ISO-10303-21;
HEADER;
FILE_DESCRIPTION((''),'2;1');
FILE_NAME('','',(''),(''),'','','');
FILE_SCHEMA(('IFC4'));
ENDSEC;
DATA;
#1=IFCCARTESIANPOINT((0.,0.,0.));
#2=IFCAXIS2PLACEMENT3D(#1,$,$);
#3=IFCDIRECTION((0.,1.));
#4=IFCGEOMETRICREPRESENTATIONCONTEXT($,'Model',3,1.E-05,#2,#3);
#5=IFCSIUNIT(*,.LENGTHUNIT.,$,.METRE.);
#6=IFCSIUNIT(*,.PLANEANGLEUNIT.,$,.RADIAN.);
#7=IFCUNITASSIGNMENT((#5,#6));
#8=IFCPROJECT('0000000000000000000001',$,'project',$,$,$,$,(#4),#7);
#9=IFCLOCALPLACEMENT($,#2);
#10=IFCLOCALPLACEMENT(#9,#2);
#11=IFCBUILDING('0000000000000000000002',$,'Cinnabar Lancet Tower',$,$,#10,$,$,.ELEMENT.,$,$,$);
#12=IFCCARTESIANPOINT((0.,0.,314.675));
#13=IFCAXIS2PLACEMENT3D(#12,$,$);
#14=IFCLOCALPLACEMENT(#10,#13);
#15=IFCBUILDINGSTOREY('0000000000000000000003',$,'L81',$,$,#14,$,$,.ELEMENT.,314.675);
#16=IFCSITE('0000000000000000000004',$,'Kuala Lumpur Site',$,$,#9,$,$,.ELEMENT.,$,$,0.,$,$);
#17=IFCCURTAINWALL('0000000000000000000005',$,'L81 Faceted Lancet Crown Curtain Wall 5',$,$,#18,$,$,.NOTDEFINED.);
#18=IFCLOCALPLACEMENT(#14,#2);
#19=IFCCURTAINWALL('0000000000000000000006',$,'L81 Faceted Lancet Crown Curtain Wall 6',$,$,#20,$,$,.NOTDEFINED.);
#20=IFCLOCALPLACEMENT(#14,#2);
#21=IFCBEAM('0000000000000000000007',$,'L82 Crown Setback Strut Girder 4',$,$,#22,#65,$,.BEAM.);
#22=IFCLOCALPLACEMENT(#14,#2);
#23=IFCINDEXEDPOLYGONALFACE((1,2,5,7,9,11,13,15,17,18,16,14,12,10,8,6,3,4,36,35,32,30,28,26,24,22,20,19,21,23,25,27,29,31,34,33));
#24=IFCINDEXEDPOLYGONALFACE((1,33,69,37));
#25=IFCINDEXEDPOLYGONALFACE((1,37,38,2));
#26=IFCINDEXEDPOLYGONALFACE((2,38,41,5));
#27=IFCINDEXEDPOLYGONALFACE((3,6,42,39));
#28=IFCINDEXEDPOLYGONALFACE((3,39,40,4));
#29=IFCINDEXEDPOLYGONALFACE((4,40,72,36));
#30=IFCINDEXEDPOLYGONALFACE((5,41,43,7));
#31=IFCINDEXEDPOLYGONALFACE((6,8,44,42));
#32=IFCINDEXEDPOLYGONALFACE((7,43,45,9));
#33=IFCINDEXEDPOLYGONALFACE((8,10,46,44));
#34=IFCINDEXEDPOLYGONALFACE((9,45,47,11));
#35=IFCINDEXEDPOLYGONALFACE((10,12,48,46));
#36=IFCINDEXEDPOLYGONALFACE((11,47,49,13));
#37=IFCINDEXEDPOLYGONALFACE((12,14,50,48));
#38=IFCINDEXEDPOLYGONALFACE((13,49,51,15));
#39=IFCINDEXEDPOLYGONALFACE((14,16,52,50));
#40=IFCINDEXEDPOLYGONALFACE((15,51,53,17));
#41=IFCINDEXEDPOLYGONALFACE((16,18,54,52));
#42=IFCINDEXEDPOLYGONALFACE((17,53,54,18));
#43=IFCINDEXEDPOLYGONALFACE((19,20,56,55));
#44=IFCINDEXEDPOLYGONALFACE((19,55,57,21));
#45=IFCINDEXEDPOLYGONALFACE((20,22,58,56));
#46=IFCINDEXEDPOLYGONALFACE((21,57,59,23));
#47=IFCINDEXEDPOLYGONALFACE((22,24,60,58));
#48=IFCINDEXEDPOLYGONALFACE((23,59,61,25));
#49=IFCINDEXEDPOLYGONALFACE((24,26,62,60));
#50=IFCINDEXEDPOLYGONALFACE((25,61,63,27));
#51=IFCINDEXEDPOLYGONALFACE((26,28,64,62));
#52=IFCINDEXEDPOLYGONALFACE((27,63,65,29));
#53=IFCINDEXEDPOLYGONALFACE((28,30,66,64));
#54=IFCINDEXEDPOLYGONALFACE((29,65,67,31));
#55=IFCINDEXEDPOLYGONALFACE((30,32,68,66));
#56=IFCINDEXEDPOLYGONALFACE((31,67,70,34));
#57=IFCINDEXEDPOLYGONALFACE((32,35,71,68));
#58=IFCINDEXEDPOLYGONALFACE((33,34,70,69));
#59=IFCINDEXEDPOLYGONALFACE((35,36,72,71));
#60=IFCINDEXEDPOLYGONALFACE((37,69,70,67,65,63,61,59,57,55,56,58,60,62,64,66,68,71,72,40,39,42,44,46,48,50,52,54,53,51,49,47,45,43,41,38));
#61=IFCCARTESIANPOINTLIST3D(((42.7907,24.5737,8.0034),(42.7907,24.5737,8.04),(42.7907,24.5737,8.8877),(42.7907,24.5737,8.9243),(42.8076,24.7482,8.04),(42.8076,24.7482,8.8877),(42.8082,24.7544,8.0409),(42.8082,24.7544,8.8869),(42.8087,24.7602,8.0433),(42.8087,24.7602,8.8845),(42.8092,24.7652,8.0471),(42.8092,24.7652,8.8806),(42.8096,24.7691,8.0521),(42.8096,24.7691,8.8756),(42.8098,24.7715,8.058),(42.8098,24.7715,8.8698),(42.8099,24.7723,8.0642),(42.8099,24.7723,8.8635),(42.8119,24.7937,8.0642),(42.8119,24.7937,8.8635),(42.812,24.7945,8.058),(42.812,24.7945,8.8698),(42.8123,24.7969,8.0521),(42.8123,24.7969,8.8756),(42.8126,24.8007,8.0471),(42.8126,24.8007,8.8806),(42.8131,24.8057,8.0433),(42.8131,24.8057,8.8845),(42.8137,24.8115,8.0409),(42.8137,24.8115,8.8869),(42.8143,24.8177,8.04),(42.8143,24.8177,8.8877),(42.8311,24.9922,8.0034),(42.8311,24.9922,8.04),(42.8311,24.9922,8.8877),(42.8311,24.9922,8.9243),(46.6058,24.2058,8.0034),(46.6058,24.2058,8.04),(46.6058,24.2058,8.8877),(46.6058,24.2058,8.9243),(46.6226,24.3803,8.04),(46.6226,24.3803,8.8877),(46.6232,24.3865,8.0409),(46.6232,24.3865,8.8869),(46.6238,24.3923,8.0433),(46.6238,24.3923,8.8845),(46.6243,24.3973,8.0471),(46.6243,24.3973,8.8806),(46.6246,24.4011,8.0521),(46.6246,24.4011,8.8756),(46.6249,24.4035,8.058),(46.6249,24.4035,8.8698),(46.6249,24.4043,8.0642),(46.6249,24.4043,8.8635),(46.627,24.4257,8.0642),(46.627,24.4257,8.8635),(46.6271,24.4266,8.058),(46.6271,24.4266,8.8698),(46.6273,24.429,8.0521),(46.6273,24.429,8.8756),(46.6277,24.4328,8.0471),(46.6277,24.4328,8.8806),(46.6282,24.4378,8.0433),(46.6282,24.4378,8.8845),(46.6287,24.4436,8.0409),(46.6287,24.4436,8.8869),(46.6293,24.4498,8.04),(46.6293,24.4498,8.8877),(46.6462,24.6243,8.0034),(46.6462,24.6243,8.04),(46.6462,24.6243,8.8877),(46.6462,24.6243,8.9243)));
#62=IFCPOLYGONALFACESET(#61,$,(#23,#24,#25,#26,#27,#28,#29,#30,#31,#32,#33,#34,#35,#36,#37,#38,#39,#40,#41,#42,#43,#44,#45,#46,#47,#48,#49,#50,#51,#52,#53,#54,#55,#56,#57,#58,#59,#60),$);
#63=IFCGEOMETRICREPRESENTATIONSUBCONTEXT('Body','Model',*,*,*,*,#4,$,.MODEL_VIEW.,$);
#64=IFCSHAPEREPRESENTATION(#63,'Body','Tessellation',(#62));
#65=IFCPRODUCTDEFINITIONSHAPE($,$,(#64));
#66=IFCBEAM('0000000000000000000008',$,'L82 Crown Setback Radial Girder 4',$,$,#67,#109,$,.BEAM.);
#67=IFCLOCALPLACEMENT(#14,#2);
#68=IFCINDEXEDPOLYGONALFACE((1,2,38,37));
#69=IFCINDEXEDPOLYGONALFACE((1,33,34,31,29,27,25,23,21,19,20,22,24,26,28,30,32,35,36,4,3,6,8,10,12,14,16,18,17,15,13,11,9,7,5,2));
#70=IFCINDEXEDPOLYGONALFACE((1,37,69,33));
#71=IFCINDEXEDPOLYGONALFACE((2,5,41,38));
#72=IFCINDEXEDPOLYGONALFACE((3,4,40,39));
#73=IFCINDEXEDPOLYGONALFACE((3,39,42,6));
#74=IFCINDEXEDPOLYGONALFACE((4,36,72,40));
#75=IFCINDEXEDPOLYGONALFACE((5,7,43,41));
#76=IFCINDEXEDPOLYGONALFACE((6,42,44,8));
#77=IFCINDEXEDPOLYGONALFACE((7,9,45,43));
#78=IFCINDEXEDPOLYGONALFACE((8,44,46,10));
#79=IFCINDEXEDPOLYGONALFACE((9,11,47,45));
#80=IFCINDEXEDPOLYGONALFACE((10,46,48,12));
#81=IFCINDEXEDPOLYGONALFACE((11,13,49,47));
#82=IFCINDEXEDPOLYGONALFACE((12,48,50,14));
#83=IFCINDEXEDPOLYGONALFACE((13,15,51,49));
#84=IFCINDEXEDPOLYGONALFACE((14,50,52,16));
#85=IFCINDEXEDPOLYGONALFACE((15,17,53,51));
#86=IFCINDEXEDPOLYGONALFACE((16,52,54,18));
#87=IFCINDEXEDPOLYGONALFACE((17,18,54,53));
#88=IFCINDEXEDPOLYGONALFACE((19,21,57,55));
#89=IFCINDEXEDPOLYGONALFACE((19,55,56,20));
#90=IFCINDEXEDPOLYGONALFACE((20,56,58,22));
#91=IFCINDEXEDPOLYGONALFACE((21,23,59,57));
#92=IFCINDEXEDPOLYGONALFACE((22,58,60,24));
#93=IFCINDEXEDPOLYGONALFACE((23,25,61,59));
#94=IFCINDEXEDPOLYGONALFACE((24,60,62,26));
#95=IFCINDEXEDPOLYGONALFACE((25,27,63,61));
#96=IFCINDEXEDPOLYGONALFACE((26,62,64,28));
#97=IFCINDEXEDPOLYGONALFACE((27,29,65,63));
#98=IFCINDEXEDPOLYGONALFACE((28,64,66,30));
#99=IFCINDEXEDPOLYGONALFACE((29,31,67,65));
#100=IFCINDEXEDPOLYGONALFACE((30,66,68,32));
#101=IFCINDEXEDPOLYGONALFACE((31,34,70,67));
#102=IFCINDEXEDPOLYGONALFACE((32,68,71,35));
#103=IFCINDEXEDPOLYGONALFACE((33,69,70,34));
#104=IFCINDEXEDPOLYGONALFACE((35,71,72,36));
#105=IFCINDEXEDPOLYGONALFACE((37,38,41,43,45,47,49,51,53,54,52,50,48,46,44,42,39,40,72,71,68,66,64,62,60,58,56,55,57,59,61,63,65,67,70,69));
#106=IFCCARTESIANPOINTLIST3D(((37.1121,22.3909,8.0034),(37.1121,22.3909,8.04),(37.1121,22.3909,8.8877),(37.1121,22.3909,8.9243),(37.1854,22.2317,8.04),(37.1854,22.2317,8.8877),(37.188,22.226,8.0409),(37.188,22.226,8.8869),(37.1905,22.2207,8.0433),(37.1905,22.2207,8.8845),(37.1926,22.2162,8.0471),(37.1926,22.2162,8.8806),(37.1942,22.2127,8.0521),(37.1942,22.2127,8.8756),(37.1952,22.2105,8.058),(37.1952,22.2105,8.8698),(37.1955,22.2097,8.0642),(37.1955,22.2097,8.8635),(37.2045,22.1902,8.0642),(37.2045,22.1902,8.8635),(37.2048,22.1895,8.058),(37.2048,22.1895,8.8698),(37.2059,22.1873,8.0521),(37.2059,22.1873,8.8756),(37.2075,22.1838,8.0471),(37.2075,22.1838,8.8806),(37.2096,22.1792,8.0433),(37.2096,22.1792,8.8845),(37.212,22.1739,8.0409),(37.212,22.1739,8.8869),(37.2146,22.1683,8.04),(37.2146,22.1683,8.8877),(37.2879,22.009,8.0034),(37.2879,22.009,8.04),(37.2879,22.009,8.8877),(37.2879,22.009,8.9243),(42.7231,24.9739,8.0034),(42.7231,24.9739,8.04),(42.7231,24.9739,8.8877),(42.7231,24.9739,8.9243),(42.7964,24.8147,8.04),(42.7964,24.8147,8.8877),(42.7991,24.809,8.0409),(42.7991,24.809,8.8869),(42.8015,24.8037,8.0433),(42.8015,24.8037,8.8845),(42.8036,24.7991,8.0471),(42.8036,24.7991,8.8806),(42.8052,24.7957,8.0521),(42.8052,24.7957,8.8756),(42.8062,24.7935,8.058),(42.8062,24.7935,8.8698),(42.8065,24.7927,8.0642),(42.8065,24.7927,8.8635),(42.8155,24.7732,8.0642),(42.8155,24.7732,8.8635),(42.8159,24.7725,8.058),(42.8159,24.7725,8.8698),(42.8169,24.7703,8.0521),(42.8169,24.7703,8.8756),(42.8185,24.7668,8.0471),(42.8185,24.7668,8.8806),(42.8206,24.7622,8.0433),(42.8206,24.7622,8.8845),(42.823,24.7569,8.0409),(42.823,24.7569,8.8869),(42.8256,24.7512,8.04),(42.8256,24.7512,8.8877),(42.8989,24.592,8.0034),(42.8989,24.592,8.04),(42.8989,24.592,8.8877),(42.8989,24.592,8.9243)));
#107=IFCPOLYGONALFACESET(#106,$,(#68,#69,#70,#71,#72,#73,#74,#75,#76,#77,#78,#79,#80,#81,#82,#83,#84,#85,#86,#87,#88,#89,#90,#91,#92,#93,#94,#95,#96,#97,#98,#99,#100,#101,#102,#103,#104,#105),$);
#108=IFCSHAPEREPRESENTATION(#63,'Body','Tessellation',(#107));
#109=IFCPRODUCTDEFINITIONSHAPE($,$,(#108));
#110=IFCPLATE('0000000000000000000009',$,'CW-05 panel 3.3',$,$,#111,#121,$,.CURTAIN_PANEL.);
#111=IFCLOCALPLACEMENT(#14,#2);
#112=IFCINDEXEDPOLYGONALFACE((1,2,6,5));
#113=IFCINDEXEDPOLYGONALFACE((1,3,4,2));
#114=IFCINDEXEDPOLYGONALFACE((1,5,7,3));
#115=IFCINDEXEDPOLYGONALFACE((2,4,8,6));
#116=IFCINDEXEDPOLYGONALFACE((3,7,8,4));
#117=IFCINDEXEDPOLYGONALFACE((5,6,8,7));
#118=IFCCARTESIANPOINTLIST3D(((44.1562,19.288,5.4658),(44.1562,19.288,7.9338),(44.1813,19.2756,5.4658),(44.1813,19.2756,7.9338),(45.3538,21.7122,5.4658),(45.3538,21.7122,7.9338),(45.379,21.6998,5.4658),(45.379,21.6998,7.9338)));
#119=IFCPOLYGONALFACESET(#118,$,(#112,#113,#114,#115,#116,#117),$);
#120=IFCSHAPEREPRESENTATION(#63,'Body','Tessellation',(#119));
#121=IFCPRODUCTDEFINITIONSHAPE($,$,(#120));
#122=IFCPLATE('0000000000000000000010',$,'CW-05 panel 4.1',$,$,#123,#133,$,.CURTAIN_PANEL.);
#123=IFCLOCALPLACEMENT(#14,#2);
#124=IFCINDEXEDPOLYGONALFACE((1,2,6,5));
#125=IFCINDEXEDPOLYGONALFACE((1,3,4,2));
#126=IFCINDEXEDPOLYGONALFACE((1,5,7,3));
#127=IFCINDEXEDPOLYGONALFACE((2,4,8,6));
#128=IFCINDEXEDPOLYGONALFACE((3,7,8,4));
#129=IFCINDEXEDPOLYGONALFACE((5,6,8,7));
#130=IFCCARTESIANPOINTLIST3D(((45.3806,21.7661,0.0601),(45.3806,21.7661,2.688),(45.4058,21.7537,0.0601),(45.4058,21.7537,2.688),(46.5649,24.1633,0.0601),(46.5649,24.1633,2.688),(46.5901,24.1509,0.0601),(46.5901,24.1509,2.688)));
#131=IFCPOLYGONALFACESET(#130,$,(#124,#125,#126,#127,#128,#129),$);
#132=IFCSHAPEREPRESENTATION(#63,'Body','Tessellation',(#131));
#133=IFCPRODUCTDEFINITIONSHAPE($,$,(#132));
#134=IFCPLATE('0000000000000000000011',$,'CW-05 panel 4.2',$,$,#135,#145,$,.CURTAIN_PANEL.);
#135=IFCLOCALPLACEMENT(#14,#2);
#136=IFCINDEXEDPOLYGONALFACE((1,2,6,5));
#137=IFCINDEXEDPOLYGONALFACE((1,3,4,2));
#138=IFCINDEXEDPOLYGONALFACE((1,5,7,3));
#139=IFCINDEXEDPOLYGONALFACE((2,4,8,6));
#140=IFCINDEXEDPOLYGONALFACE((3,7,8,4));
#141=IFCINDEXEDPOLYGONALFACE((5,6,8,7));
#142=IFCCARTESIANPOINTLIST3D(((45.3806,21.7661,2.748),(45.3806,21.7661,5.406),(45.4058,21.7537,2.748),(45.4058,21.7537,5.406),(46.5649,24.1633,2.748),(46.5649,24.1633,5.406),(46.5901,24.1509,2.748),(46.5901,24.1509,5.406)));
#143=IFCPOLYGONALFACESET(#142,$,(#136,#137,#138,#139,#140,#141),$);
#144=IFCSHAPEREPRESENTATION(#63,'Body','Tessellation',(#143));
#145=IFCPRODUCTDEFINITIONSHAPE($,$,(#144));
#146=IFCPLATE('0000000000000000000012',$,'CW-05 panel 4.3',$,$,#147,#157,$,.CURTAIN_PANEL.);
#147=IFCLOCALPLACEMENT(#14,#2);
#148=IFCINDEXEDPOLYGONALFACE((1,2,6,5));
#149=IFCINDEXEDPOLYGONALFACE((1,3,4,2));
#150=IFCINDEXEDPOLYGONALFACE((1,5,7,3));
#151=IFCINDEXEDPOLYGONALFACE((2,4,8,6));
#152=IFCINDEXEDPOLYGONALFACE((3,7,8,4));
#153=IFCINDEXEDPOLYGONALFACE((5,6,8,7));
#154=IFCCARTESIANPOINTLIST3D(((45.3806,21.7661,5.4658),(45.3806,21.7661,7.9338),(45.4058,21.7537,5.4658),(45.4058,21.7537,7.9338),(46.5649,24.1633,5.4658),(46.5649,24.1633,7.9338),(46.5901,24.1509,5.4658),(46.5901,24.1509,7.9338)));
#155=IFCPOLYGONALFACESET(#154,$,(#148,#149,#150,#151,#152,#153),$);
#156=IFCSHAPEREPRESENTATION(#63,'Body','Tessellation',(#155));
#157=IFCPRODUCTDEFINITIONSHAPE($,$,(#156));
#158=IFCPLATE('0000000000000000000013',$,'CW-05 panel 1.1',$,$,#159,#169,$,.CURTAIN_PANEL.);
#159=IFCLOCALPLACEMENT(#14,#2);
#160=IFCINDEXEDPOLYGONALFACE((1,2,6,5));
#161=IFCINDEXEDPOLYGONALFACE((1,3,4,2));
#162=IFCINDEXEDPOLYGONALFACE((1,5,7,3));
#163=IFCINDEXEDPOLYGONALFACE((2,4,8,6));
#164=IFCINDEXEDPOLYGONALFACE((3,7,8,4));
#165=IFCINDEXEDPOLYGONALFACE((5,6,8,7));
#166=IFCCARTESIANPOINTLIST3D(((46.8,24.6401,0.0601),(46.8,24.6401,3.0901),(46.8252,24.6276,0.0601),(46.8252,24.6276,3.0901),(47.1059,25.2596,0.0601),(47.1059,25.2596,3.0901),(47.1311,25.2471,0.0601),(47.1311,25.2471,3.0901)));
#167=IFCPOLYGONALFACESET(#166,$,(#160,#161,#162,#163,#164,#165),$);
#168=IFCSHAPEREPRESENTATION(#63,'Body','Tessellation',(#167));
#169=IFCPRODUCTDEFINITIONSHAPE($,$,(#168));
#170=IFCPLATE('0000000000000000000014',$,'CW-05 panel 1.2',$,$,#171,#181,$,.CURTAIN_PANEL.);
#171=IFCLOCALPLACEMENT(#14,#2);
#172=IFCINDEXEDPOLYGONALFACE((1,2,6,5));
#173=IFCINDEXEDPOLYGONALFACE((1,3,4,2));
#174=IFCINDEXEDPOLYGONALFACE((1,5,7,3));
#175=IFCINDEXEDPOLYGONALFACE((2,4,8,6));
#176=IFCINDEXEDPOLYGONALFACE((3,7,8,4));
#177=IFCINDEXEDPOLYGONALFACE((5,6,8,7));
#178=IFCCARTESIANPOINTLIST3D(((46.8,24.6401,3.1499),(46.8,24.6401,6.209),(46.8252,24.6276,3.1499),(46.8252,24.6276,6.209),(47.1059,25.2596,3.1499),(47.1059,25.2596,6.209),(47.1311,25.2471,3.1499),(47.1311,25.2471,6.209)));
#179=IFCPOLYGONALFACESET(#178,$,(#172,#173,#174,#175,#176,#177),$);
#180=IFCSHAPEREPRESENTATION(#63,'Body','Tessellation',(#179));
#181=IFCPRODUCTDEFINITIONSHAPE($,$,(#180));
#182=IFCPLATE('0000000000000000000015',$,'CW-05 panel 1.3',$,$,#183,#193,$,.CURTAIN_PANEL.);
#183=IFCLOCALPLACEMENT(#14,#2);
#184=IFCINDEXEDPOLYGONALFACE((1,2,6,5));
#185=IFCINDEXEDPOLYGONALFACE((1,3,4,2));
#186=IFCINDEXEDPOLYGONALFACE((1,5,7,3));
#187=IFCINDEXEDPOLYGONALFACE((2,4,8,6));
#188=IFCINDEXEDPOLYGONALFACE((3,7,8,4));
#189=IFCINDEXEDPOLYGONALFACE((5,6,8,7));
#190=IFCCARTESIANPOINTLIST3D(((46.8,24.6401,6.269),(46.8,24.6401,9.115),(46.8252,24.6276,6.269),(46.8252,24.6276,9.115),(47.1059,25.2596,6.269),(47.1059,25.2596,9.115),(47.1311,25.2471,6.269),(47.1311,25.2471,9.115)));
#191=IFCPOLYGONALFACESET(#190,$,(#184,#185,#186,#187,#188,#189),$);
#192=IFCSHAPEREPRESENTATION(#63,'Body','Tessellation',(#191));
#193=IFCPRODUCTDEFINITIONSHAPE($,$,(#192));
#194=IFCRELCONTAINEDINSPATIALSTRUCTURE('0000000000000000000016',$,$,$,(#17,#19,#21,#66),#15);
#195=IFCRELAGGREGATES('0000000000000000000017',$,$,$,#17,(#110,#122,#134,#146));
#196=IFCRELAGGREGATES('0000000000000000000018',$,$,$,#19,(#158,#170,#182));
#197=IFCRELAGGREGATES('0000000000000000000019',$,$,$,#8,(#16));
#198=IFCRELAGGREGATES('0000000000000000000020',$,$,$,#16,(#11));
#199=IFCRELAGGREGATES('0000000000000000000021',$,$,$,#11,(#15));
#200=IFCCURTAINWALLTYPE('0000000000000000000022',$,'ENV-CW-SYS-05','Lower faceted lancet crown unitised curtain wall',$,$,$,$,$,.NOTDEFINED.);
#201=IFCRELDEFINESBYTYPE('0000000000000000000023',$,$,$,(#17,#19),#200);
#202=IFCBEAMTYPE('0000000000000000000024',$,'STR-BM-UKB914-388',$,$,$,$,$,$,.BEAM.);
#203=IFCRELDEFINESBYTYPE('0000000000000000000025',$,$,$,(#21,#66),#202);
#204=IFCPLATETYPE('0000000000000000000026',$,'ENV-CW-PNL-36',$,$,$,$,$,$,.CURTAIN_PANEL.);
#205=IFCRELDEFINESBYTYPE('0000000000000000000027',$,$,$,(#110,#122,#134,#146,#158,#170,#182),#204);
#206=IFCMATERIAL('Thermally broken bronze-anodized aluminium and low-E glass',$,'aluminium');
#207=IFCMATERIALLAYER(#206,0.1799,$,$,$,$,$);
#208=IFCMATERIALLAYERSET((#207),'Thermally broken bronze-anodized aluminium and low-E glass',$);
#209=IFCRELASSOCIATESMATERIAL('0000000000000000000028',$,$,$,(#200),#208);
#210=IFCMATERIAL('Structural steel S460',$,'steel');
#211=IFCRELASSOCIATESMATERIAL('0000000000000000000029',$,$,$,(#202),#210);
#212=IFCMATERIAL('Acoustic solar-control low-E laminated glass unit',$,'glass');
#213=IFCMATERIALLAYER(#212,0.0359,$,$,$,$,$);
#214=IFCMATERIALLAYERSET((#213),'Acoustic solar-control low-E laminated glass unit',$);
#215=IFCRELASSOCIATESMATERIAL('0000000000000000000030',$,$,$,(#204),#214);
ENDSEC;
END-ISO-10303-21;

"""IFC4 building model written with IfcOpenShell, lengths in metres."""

from ifc_helpers import new_model, si_unit, direction, frame, origin, origin_2d, place, context, subcontext, project, spatial, rectangle, i_section, extrude, material, layer, layer_set, material_profile, profile_set, type_object, element, aggregate, save


model = new_model("IFC4")

# Units and contexts
model_context = context("Model", 3, precision=1e-05, world=origin(), true_north=direction((0.0, 1.0)))
body_context = subcontext(model_context, "Body", "Model", "MODEL_VIEW")
ifc_project = project(units=[si_unit("LENGTHUNIT", "METRE"), si_unit("PLANEANGLEUNIT", "RADIAN")], contexts=[model_context])

# Site, building, storey
site_placement = place(None, origin())
site = spatial("IfcSite", under=ifc_project, at=site_placement, Name="Kuala Lumpur Site", CompositionType="ELEMENT", RefElevation=0.0)
building_placement = place(site_placement, origin())
building = spatial("IfcBuilding", under=site, at=building_placement, Name="Cinnabar Lancet Tower", CompositionType="ELEMENT")
storey_placement = place(building_placement, frame((0.0, 0.0, 314.675)))
storey = spatial("IfcBuildingStorey", under=building, at=storey_placement, Name="L81", CompositionType="ELEMENT", Elevation=314.675)

# Curtain walls
ifc_material_1 = material(Name="Thermally broken bronze-anodized aluminium and low-E glass", Category="aluminium")
ifc_layer_1 = layer(ifc_material_1, 0.1799)
ifc_layer_set_1 = layer_set([ifc_layer_1], Name="Thermally broken bronze-anodized aluminium and low-E glass")
curtain_wall_type = type_object("IfcCurtainWallType", Name="ENV-CW-SYS-05", Description="Lower faceted lancet crown unitised curtain wall", PredefinedType="NOTDEFINED", material=ifc_layer_set_1)
curtain_wall_1_placement = place(storey_placement, origin())
curtain_wall_1 = element("IfcCurtainWall", 1, at=curtain_wall_1_placement, inside=storey, type_object=curtain_wall_type, Name="L81 Faceted Lancet Crown Curtain Wall 5", PredefinedType="NOTDEFINED")
curtain_wall_2_placement = place(storey_placement, origin())
curtain_wall_2 = element("IfcCurtainWall", 2, at=curtain_wall_2_placement, inside=storey, type_object=curtain_wall_type, Name="L81 Faceted Lancet Crown Curtain Wall 6", PredefinedType="NOTDEFINED")

# Beams
ifc_material_2 = material(Name="Structural steel S460", Category="steel")
ifc_material_profile_1 = material_profile(ifc_material_2, i_section(OverallWidth=0.4204, OverallDepth=0.9209, WebThickness=0.0215, FlangeThickness=0.0366, FilletRadius=0.0242, at=origin_2d()), Name="UKB 914x419x388")
ifc_profile_set_1 = profile_set([ifc_material_profile_1], Name="Structural steel S460")
beam_type = type_object("IfcBeamType", Name="STR-BM-UKB914-388", PredefinedType="BEAM", material=ifc_profile_set_1)
beam_1_placement = place(storey_placement, frame((46.626, 24.415, 8.4639), z_axis=(-0.995382, 0.095996, 0.0), x_axis=(-0.095996, -0.995382, 0.0)))
element("IfcBeam", 3, at=beam_1_placement, inside=storey, type_object=beam_type, Name="L82 Crown Setback Strut Girder 4", PredefinedType="BEAM", context=body_context, shape_type="SweptSolid", body=[
    extrude(i_section(OverallWidth=0.4204, OverallDepth=0.9209, WebThickness=0.0215, FlangeThickness=0.0366, FilletRadius=0.0242, at=origin_2d()), origin(), (0.0, 0.0, 1.0), 3.8328),
])
beam_2_placement = place(storey_placement, frame((42.811, 24.783, 8.4639), z_axis=(-0.908373, -0.418161, 0.0), x_axis=(0.418161, -0.908373, 0.0)))
element("IfcBeam", 4, at=beam_2_placement, inside=storey, type_object=beam_type, Name="L82 Crown Setback Radial Girder 4", PredefinedType="BEAM", context=body_context, shape_type="SweptSolid", body=[
    extrude(i_section(OverallWidth=0.4204, OverallDepth=0.9209, WebThickness=0.0215, FlangeThickness=0.0366, FilletRadius=0.0242, at=origin_2d()), origin(), (0.0, 0.0, 1.0), 6.177),
])

# Plates
ifc_material_3 = material(Name="Acoustic solar-control low-E laminated glass unit", Category="glass")
ifc_layer_2 = layer(ifc_material_3, 0.0359)
ifc_layer_set_2 = layer_set([ifc_layer_2], Name="Acoustic solar-control low-E laminated glass unit")
plate_type = type_object("IfcPlateType", Name="ENV-CW-PNL-36", PredefinedType="CURTAIN_PANEL", material=ifc_layer_set_2)
plate_1_placement = place(storey_placement, frame((44.7676, 20.4939, 5.4658), z_axis=(0.0, 0.0, 1.0), x_axis=(0.442939, 0.896552, 0.0)))
plate_1 = element("IfcPlate", 5, at=plate_1_placement, type_object=plate_type, Name="CW-05 panel 3.3", PredefinedType="CURTAIN_PANEL", context=body_context, shape_type="SweptSolid", body=[
    extrude(rectangle(XDim=2.7039, YDim=0.0281, at=origin_2d()), origin(), (0.0, 0.0, 1.0), 2.468),
])
plate_2_placement = place(storey_placement, frame((45.9854, 22.9585, 0.0601), z_axis=(0.0, 0.0, 1.0), x_axis=(0.442939, 0.896552, 0.0)))
plate_2 = element("IfcPlate", 6, at=plate_2_placement, type_object=plate_type, Name="CW-05 panel 4.1", PredefinedType="CURTAIN_PANEL", context=body_context, shape_type="SweptSolid", body=[
    extrude(rectangle(XDim=2.6738, YDim=0.0281, at=origin_2d()), origin(), (0.0, 0.0, 1.0), 2.6279),
])
plate_3_placement = place(storey_placement, frame((45.9854, 22.9585, 2.748), z_axis=(0.0, 0.0, 1.0), x_axis=(0.442939, 0.896552, 0.0)))
plate_3 = element("IfcPlate", 7, at=plate_3_placement, type_object=plate_type, Name="CW-05 panel 4.2", PredefinedType="CURTAIN_PANEL", context=body_context, shape_type="SweptSolid", body=[
    extrude(rectangle(XDim=2.6738, YDim=0.0281, at=origin_2d()), origin(), (0.0, 0.0, 1.0), 2.658),
])
plate_4_placement = place(storey_placement, frame((45.9854, 22.9585, 5.4658), z_axis=(0.0, 0.0, 1.0), x_axis=(0.442939, 0.896552, 0.0)))
plate_4 = element("IfcPlate", 8, at=plate_4_placement, type_object=plate_type, Name="CW-05 panel 4.3", PredefinedType="CURTAIN_PANEL", context=body_context, shape_type="SweptSolid", body=[
    extrude(rectangle(XDim=2.6738, YDim=0.0281, at=origin_2d()), origin(), (0.0, 0.0, 1.0), 2.468),
])
aggregate(curtain_wall_1, [plate_1, plate_2, plate_3, plate_4])
plate_5_placement = place(storey_placement, frame((46.9656, 24.9436, 0.0601), z_axis=(0.0, 0.0, 1.0), x_axis=(0.442768, 0.896636, 0.0)))
plate_5 = element("IfcPlate", 9, at=plate_5_placement, type_object=plate_type, Name="CW-05 panel 1.1", PredefinedType="CURTAIN_PANEL", context=body_context, shape_type="SweptSolid", body=[
    extrude(rectangle(XDim=0.6909, YDim=0.0281, at=origin_2d()), origin(), (0.0, 0.0, 1.0), 3.03),
])
plate_6_placement = place(storey_placement, frame((46.9656, 24.9436, 3.1499), z_axis=(0.0, 0.0, 1.0), x_axis=(0.442768, 0.896636, 0.0)))
plate_6 = element("IfcPlate", 10, at=plate_6_placement, type_object=plate_type, Name="CW-05 panel 1.2", PredefinedType="CURTAIN_PANEL", context=body_context, shape_type="SweptSolid", body=[
    extrude(rectangle(XDim=0.6909, YDim=0.0281, at=origin_2d()), origin(), (0.0, 0.0, 1.0), 3.0591),
])
plate_7_placement = place(storey_placement, frame((46.9656, 24.9436, 6.269), z_axis=(0.0, 0.0, 1.0), x_axis=(0.442768, 0.896636, 0.0)))
plate_7 = element("IfcPlate", 11, at=plate_7_placement, type_object=plate_type, Name="CW-05 panel 1.3", PredefinedType="CURTAIN_PANEL", context=body_context, shape_type="SweptSolid", body=[
    extrude(rectangle(XDim=0.6909, YDim=0.0281, at=origin_2d()), origin(), (0.0, 0.0, 1.0), 2.8459),
])
aggregate(curtain_wall_2, [plate_5, plate_6, plate_7])

save(model, "model.ifc")
